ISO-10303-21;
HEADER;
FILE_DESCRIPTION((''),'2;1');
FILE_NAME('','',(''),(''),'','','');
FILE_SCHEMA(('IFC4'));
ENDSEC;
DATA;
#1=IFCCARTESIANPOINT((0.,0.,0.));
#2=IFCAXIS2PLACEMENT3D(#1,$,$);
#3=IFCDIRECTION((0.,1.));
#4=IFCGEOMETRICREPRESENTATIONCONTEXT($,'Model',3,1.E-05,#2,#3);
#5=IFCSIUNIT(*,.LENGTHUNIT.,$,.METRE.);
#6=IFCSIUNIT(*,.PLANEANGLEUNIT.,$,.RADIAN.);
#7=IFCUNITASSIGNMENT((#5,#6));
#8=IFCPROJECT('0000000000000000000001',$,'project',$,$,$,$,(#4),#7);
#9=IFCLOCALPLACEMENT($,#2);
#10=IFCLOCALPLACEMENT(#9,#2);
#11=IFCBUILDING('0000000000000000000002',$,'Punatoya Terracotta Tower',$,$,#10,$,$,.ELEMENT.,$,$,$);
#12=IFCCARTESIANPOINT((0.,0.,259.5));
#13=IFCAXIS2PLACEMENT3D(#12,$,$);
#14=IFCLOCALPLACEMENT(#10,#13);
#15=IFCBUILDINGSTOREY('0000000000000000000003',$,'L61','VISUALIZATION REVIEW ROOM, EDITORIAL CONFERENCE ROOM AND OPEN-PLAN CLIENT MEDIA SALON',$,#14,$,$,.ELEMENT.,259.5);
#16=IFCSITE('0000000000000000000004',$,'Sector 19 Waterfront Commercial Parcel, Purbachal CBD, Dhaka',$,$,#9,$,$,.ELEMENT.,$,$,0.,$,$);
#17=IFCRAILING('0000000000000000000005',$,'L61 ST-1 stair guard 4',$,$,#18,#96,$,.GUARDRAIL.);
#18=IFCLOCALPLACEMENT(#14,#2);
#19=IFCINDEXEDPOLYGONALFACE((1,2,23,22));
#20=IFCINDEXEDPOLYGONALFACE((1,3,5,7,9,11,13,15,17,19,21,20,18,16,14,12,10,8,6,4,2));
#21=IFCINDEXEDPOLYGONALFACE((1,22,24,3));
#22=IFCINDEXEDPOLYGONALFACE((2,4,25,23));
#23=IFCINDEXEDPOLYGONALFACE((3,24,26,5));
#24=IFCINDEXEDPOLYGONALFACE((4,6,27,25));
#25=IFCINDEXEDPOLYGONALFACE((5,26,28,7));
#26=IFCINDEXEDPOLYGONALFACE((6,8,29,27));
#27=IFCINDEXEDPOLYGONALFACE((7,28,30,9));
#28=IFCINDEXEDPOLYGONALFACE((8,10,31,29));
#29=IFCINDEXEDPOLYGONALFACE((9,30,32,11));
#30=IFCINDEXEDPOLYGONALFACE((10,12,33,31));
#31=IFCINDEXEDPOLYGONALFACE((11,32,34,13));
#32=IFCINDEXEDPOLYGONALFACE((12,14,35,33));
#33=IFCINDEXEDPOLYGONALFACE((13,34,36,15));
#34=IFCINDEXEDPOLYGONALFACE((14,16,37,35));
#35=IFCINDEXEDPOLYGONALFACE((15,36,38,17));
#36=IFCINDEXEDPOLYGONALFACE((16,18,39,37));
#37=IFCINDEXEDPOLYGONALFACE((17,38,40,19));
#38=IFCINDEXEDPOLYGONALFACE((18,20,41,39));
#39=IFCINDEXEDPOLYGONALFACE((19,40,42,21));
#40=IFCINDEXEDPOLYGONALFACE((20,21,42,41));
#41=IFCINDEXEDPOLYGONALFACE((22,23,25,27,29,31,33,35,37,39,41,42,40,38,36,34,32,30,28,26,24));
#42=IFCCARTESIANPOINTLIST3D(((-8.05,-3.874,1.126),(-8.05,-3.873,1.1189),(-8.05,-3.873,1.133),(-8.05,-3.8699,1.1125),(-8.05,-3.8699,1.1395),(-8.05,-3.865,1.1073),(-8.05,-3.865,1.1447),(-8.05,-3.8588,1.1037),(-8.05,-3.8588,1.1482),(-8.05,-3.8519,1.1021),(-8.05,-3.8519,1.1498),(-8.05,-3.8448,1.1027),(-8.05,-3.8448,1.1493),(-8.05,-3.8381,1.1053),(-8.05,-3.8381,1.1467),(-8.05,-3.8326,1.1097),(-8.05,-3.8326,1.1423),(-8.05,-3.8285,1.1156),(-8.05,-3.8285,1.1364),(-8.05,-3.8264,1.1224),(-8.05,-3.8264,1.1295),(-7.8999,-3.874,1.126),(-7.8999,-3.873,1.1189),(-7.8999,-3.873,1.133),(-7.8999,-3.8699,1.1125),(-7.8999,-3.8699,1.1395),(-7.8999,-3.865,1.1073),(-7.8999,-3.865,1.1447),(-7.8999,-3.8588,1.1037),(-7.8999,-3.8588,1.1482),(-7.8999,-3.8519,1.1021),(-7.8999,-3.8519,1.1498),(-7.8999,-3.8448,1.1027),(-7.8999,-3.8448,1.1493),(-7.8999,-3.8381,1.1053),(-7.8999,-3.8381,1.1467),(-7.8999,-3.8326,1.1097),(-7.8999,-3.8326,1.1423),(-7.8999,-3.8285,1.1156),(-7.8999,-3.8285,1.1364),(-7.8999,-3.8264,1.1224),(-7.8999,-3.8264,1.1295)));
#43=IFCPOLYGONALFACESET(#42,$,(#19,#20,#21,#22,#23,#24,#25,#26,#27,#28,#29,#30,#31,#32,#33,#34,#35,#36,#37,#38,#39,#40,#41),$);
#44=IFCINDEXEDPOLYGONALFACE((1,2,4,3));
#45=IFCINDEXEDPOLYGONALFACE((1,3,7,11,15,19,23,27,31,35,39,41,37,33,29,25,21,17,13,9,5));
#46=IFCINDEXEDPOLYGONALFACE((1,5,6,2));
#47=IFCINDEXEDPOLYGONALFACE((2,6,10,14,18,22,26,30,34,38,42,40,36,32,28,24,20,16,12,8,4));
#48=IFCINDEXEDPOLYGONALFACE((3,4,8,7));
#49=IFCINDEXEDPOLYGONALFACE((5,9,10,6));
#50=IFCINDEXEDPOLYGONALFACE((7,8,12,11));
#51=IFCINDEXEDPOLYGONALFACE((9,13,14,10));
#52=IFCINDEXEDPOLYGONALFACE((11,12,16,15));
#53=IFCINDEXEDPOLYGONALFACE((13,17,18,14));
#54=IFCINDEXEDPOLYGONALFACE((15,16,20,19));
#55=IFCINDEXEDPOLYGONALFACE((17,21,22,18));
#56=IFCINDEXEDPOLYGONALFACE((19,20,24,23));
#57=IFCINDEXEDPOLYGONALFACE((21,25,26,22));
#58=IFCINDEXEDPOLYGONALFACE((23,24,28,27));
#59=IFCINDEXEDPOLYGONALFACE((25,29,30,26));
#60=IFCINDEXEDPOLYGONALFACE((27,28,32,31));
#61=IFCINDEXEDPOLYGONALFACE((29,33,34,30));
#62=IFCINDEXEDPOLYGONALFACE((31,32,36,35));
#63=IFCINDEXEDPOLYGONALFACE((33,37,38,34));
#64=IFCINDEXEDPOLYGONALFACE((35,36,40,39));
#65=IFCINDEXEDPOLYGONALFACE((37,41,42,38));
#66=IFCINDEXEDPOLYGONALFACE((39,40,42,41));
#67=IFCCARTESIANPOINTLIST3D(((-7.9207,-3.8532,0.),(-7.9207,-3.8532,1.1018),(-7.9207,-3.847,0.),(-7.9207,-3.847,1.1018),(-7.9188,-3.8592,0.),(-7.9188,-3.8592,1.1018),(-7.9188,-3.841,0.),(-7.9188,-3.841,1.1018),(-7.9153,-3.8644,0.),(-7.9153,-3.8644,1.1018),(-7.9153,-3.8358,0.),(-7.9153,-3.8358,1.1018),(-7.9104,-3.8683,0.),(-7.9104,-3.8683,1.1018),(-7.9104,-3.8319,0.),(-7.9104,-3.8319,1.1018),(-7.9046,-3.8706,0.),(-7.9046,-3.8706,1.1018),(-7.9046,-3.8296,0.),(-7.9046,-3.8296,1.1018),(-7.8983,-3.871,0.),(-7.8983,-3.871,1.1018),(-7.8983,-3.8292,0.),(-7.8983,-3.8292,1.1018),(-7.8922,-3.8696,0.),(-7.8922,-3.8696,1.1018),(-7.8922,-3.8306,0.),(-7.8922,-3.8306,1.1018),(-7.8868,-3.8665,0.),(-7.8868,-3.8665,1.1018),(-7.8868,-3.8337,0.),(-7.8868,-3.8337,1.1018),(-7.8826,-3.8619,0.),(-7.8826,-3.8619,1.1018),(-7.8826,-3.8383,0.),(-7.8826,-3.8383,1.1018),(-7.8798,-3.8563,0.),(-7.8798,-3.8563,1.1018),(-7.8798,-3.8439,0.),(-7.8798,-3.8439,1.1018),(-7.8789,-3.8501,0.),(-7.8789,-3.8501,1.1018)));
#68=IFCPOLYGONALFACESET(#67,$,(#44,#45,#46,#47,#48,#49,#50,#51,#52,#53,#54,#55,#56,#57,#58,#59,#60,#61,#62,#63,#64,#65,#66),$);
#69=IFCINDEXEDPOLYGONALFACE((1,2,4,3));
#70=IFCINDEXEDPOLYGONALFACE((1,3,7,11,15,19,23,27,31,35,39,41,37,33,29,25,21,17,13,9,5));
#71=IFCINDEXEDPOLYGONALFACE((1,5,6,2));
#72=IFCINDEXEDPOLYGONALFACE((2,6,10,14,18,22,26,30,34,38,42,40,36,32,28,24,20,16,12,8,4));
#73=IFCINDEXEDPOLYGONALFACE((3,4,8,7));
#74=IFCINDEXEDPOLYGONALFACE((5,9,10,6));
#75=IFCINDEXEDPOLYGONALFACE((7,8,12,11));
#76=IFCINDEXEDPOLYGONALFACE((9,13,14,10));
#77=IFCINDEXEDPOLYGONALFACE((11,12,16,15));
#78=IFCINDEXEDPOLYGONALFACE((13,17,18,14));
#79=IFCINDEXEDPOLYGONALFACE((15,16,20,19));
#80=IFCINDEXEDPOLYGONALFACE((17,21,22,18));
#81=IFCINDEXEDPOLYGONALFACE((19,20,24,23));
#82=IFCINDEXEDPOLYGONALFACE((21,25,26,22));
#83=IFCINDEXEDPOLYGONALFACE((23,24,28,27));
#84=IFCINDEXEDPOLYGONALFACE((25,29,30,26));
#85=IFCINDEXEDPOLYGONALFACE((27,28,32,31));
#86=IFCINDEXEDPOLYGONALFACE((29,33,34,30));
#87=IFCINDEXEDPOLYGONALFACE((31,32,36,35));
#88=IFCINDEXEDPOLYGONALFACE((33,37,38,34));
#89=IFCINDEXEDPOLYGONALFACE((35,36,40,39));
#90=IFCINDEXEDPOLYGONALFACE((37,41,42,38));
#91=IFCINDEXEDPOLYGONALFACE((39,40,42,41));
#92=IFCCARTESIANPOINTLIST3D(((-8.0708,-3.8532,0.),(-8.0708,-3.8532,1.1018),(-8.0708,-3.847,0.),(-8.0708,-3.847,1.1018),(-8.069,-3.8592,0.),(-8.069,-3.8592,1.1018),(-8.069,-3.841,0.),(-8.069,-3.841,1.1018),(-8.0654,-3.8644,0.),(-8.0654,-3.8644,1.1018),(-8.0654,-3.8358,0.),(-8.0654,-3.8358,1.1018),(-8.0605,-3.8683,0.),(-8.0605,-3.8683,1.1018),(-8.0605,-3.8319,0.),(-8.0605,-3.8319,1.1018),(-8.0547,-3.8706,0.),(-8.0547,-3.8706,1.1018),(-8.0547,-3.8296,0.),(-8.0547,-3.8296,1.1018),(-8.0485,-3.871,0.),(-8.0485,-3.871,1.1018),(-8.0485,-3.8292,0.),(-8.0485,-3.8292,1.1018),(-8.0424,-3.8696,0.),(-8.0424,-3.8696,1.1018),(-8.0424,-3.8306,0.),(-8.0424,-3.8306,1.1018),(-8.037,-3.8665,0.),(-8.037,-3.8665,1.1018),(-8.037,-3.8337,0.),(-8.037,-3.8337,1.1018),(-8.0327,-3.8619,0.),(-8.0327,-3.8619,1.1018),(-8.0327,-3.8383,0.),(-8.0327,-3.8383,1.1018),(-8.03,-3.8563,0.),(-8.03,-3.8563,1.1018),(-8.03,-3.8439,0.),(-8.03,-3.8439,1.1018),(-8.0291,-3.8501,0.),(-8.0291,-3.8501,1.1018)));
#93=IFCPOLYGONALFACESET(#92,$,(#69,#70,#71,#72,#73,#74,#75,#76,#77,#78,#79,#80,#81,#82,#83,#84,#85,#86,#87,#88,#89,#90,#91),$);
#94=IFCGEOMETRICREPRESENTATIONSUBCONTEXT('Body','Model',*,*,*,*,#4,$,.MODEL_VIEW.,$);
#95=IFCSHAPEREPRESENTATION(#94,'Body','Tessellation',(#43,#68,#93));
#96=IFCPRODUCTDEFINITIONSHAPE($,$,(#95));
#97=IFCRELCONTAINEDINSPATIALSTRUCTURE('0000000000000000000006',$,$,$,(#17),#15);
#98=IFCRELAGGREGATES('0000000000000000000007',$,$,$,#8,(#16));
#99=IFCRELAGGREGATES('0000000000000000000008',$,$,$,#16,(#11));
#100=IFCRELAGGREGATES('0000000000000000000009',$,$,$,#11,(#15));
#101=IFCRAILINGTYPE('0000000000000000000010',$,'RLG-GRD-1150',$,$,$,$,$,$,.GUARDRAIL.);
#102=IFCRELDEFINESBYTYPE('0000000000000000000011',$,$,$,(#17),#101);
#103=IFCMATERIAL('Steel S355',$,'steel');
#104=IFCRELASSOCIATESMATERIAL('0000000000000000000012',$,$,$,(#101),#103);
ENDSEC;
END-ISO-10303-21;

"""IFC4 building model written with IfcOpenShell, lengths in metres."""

from ifc_helpers import new_model, si_unit, direction, frame, origin, origin_2d, place, context, subcontext, project, spatial, circle, extrude, material, type_object, element, save


model = new_model("IFC4")

# Units and contexts
model_context = context("Model", 3, precision=1e-05, world=origin(), true_north=direction((0.0, 1.0)))
body_context = subcontext(model_context, "Body", "Model", "MODEL_VIEW")
ifc_project = project(units=[si_unit("LENGTHUNIT", "METRE"), si_unit("PLANEANGLEUNIT", "RADIAN")], contexts=[model_context])

# Site, building, storey
site_placement = place(None, origin())
site = spatial("IfcSite", under=ifc_project, at=site_placement, Name="Sector 19 Waterfront Commercial Parcel, Purbachal CBD, Dhaka", CompositionType="ELEMENT", RefElevation=0.0)
building_placement = place(site_placement, origin())
building = spatial("IfcBuilding", under=site, at=building_placement, Name="Punatoya Terracotta Tower", CompositionType="ELEMENT")
storey_placement = place(building_placement, frame((0.0, 0.0, 259.5)))
storey = spatial("IfcBuildingStorey", under=building, at=storey_placement, Name="L61", Description="VISUALIZATION REVIEW ROOM, EDITORIAL CONFERENCE ROOM AND OPEN-PLAN CLIENT MEDIA SALON", CompositionType="ELEMENT", Elevation=259.5)

# Railing
ifc_material_1 = material(Name="Steel S355", Category="steel")
railing_type_1 = type_object("IfcRailingType", Name="RLG-GRD-1150", PredefinedType="GUARDRAIL", material=ifc_material_1)
railing_1_placement = place(storey_placement, frame((-7.8999, -3.8501, 0.0)))
element("IfcRailing", 1, at=railing_1_placement, inside=storey, type_object=railing_type_1, Name="L61 ST-1 stair guard 4", PredefinedType="GUARDRAIL", context=body_context, shape_type="SweptSolid", body=[
    extrude(circle(Radius=0.0239, at=origin_2d()), frame((0.0, 0.0, 1.126), z_axis=(-1.0, 0.0, 0.0), x_axis=(0.0, -1.0, 0.0)), (0.0, 0.0, 1.0), 0.1501),
    extrude(circle(Radius=0.021, at=origin_2d()), origin(), (0.0, 0.0, 1.0), 1.1018),
    extrude(circle(Radius=0.021, at=origin_2d()), frame((-0.1501, 0.0, 0.0)), (0.0, 0.0, 1.0), 1.1018),
])

save(model, "model.ifc")
